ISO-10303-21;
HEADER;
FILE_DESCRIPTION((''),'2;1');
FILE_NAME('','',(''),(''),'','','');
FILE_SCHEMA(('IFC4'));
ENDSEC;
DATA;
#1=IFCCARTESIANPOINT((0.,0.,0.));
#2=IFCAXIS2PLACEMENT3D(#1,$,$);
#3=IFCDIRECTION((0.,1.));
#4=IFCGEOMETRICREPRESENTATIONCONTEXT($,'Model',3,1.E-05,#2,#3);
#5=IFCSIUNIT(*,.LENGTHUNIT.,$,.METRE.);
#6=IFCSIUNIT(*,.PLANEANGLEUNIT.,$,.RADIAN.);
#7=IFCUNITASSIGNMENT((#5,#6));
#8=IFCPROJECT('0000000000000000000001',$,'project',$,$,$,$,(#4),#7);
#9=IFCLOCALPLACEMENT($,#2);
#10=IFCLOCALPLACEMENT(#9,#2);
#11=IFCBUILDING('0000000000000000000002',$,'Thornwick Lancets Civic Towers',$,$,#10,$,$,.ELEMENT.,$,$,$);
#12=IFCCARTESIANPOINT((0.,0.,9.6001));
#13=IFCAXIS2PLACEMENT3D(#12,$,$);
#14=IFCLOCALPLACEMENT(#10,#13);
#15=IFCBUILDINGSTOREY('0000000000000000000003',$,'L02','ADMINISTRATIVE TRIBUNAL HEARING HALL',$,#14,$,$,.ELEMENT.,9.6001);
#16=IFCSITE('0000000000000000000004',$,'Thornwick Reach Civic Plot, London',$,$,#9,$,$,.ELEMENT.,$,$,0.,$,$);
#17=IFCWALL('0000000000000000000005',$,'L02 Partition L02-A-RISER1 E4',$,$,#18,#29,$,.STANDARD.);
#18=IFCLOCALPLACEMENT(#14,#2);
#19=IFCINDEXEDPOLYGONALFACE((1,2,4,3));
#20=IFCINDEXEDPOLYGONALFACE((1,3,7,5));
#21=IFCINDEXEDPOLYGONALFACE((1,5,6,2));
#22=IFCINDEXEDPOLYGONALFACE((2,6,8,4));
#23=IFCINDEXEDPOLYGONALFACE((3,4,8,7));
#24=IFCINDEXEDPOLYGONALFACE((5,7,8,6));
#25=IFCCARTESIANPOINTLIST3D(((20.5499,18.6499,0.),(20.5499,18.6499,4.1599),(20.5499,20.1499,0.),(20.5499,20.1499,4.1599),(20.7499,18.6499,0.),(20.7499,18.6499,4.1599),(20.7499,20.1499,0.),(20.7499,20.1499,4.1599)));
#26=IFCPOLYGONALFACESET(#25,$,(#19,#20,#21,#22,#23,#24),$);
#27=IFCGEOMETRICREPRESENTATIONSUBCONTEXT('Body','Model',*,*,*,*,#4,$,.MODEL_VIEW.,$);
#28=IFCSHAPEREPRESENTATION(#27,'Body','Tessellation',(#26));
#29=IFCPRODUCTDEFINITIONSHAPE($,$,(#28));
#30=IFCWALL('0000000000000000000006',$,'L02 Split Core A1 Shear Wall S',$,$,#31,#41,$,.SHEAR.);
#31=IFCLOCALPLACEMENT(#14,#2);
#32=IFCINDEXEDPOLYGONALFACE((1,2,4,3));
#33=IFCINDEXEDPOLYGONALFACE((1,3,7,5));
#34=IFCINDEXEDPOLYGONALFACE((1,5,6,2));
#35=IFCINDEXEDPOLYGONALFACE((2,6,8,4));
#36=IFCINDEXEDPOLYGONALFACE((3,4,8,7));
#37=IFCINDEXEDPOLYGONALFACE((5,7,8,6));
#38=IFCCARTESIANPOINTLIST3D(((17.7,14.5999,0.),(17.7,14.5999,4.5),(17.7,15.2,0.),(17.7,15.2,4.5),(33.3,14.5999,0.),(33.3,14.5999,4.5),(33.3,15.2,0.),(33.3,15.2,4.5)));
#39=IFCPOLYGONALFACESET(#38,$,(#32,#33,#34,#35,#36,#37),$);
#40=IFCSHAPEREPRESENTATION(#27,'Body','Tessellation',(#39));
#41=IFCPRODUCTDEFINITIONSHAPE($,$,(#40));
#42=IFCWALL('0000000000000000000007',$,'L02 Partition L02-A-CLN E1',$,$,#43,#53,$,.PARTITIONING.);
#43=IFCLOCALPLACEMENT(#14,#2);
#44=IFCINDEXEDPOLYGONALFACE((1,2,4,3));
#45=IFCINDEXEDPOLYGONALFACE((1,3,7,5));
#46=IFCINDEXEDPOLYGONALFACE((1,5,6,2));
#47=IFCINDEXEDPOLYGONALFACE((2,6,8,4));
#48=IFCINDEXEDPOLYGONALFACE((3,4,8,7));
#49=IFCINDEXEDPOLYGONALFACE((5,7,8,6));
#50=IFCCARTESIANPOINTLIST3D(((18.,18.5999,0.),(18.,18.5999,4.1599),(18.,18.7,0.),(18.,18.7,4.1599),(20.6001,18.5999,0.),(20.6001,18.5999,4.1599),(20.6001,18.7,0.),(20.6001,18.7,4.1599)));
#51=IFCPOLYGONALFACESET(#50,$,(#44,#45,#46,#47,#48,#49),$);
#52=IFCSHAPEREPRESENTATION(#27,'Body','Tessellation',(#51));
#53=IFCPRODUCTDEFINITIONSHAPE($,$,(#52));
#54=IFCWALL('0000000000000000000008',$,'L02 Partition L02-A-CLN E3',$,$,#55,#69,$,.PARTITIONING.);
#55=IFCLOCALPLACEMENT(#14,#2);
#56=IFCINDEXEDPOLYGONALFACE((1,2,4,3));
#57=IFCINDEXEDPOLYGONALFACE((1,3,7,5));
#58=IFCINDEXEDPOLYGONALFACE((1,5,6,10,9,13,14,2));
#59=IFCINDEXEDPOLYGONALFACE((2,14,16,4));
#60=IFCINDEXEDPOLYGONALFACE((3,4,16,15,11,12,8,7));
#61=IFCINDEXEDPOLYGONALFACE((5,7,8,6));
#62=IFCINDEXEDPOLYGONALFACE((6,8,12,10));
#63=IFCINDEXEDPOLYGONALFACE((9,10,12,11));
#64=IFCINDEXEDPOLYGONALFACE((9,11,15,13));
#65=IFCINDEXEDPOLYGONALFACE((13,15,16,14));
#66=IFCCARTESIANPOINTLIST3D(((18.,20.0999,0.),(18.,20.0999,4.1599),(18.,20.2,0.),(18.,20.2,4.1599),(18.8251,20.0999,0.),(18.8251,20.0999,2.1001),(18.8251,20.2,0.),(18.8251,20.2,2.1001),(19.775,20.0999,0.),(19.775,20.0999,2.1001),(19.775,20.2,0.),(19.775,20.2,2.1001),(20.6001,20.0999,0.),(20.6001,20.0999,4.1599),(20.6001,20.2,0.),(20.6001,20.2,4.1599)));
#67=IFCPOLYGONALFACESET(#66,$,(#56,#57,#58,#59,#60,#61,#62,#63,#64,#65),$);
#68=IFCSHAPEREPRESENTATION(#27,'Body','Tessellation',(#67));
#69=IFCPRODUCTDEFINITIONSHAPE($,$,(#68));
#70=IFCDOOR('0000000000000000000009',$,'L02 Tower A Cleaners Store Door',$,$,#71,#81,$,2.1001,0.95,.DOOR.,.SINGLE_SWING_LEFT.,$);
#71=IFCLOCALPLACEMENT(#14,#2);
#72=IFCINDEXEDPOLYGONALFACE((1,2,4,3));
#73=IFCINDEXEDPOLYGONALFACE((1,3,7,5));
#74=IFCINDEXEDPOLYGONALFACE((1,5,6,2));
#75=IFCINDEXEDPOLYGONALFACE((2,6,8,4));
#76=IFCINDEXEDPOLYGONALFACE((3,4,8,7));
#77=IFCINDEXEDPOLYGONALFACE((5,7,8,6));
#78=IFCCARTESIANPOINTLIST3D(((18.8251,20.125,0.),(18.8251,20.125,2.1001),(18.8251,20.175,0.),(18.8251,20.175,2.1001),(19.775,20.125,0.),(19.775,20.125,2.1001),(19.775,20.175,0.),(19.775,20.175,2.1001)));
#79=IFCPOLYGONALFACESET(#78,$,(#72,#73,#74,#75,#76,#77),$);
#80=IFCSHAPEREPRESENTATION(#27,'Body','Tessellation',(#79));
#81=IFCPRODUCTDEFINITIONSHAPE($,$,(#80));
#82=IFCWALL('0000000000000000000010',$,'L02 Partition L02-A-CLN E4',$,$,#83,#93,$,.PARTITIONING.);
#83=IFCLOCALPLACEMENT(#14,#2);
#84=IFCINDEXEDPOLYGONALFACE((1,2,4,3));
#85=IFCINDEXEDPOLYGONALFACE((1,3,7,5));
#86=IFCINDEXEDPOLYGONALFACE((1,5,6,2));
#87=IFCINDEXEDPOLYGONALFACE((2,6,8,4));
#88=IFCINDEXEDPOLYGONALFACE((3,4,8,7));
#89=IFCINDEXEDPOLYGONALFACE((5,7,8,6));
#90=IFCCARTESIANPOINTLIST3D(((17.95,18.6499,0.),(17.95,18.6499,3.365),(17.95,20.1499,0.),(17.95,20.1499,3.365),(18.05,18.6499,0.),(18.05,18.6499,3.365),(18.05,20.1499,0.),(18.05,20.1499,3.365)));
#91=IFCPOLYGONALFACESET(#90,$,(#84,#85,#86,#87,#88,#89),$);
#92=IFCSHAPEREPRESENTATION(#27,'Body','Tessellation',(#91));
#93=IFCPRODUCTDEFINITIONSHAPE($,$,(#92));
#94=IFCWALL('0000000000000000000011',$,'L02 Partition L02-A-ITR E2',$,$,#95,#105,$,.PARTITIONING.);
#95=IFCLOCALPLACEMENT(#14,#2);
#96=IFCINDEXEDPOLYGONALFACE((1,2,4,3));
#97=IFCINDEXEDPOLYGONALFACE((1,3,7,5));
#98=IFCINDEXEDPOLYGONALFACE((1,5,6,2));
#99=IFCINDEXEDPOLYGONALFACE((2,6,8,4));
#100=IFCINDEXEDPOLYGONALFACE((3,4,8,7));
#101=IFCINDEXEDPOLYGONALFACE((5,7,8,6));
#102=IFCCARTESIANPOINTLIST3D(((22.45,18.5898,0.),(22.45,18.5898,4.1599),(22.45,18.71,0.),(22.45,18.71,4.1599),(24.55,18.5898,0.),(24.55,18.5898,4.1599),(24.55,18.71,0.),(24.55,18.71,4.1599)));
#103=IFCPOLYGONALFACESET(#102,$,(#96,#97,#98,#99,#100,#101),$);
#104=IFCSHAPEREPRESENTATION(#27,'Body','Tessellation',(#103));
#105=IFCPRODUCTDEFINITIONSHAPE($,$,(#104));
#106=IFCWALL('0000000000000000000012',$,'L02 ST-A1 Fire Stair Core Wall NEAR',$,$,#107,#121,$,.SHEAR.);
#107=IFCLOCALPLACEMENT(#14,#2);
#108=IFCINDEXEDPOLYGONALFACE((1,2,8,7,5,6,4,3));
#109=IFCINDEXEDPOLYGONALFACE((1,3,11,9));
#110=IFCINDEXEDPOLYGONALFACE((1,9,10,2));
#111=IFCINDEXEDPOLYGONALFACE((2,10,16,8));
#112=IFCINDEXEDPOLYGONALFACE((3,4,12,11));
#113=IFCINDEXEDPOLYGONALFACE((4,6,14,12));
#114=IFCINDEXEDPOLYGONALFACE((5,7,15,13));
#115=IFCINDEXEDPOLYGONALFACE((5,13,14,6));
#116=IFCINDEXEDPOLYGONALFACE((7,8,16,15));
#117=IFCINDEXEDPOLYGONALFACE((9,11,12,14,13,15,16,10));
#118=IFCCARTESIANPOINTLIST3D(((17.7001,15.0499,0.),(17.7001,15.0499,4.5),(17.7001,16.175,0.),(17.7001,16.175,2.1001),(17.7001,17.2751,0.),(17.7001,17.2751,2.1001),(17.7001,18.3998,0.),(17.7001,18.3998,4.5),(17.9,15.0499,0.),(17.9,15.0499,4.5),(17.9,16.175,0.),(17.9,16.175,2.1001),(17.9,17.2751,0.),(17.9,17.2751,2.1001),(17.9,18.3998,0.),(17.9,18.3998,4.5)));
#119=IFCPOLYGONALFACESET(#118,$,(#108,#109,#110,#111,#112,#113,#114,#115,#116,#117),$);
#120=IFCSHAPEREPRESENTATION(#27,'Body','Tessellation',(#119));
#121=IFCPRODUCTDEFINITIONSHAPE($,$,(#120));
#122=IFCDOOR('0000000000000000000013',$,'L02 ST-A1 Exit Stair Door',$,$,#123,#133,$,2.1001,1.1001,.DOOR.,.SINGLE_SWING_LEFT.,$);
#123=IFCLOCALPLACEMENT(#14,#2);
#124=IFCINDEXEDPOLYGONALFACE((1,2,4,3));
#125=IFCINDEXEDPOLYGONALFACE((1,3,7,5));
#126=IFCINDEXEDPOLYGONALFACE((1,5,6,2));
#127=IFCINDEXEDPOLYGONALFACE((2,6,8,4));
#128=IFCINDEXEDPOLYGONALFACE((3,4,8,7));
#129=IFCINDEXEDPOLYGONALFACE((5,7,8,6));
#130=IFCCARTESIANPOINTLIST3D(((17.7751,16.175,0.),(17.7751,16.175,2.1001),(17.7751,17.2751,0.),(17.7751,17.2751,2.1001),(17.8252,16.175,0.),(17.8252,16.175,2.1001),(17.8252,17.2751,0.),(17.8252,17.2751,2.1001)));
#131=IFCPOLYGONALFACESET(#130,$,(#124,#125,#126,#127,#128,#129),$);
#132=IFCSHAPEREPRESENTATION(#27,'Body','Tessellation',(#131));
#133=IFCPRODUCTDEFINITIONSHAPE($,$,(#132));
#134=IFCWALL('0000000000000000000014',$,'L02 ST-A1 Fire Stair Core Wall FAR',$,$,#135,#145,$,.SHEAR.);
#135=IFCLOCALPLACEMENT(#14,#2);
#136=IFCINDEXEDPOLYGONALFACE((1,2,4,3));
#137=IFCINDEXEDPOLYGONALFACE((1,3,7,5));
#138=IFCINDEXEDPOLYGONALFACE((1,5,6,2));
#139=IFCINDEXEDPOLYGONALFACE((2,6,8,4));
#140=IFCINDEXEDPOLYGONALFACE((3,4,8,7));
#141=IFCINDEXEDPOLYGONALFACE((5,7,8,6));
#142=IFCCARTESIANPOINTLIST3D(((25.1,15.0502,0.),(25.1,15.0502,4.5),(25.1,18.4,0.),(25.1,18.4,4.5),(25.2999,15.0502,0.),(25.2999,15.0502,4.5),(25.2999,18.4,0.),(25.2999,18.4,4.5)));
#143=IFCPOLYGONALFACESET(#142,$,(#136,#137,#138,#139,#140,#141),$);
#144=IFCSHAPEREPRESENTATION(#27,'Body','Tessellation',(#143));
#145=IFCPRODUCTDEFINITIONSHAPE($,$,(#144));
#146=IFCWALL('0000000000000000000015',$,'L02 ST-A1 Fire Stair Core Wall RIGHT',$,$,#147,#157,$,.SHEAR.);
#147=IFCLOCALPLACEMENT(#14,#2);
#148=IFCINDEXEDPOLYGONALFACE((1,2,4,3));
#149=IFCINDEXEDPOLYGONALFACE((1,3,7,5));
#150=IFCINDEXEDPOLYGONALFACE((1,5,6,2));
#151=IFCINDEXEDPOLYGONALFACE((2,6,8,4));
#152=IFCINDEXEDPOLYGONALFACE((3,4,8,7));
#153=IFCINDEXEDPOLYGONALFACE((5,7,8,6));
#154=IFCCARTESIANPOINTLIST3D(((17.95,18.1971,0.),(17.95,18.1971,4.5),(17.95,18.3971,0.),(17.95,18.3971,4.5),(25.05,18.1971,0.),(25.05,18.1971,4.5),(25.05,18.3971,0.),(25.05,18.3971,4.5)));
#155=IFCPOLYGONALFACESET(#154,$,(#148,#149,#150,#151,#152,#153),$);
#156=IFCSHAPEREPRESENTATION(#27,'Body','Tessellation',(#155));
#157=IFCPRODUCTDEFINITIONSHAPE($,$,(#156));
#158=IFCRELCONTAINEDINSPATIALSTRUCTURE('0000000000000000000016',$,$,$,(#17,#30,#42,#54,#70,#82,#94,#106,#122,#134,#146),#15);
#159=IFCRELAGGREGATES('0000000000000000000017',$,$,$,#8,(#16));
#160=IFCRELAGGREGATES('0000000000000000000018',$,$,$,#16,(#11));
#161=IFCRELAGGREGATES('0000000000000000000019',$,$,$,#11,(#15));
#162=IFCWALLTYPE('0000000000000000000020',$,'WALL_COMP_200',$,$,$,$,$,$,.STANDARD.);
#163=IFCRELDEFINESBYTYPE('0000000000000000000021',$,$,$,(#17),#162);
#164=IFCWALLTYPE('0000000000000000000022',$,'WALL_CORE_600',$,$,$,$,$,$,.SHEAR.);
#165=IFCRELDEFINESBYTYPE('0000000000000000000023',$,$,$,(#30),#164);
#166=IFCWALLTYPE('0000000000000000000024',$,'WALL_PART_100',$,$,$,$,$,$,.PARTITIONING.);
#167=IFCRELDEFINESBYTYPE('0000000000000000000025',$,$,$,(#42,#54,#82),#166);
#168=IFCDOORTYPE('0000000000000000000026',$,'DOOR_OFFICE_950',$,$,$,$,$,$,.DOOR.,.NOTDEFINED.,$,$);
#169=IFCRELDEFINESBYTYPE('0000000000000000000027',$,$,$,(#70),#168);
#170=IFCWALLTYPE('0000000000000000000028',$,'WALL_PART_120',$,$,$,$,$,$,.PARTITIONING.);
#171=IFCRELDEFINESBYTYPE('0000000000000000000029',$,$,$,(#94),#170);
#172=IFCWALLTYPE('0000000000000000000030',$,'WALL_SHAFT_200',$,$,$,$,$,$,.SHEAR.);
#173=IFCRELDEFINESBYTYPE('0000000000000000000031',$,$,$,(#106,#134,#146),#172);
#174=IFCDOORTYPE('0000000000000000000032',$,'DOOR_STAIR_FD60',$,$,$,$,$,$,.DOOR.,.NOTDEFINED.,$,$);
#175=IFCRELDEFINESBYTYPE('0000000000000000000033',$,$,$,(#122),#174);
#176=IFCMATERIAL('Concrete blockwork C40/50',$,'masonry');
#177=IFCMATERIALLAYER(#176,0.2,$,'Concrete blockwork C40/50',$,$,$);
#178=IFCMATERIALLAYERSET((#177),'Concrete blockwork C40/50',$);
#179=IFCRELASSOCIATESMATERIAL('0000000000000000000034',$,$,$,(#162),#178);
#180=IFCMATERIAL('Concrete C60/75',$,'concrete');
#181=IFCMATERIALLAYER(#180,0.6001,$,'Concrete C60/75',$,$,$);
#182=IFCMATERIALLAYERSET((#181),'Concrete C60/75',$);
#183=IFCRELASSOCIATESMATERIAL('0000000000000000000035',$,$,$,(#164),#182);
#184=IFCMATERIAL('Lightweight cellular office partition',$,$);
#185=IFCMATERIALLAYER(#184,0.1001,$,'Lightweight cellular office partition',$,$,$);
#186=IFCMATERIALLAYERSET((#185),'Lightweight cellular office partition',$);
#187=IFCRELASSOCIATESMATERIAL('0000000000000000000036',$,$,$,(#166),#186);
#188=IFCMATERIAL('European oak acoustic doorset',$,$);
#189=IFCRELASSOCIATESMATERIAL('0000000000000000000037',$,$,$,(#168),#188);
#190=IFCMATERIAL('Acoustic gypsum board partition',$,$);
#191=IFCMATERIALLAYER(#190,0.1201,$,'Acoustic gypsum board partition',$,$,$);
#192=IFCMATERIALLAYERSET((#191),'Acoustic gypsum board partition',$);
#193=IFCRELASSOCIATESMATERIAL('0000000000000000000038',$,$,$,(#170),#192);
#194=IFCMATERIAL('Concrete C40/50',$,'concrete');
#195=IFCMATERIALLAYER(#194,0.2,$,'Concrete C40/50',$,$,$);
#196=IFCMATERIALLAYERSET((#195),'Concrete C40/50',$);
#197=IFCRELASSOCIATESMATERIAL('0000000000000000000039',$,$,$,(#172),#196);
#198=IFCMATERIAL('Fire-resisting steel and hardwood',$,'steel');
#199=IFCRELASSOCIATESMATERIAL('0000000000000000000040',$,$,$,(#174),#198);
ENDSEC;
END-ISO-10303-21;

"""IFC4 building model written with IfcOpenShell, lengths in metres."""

from ifc_helpers import new_model, si_unit, direction, frame, frame_2d, origin, place, context, subcontext, project, spatial, rectangle, extrude, material, layer, layer_set, type_object, element, fill, save


model = new_model("IFC4")

# Units and contexts
model_context = context("Model", 3, precision=1e-05, world=origin(), true_north=direction((0.0, 1.0)))
body_context = subcontext(model_context, "Body", "Model", "MODEL_VIEW")
ifc_project = project(units=[si_unit("LENGTHUNIT", "METRE"), si_unit("PLANEANGLEUNIT", "RADIAN")], contexts=[model_context])

# Site, building, storey
site_placement = place(None, origin())
site = spatial("IfcSite", under=ifc_project, at=site_placement, Name="Thornwick Reach Civic Plot, London", CompositionType="ELEMENT", RefElevation=0.0)
building_placement = place(site_placement, origin())
building = spatial("IfcBuilding", under=site, at=building_placement, Name="Thornwick Lancets Civic Towers", CompositionType="ELEMENT")
storey_placement = place(building_placement, frame((0.0, 0.0, 9.6001)))
storey = spatial("IfcBuildingStorey", under=building, at=storey_placement, Name="L02", Description="ADMINISTRATIVE TRIBUNAL HEARING HALL", CompositionType="ELEMENT", Elevation=9.6001)

# Shared definitions
ifc_material_1 = material(Name="Concrete C60/75", Category="concrete")

# Shared definitions
ifc_material_2 = material(Name="Concrete C40/50", Category="concrete")

# Shared definitions
ifc_material_3 = material(Name="Concrete blockwork C40/50", Category="masonry")
ifc_layer_1 = layer(ifc_material_3, 0.2, Name="Concrete blockwork C40/50")
ifc_layer_set_1 = layer_set([ifc_layer_1], Name="Concrete blockwork C40/50")
wall_type_1 = type_object("IfcWallType", Name="WALL_COMP_200", PredefinedType="STANDARD", material=ifc_layer_set_1)

# Walls
for number, where, z_axis, x_axis, name in (
    (1, (20.6499, 20.1499, 0.0), (0.0, 0.0, 1.0), (0.0, -1.0, 0.0), "L02 Partition L02-A-RISER1 E4"),
):
    element("IfcWall", number, at=place(storey_placement, frame(where, z_axis=z_axis, x_axis=x_axis)), inside=storey, type_object=wall_type_1, Name=name, PredefinedType="STANDARD", context=body_context, shape_type="SweptSolid", body=[
        extrude(rectangle(XDim=1.5, YDim=0.2, at=frame_2d((0.75, 0.0))), origin(), (0.0, 0.0, 1.0), 4.1599),
    ])
ifc_layer_2 = layer(ifc_material_1, 0.6001, Name="Concrete C60/75")
ifc_layer_set_2 = layer_set([ifc_layer_2], Name="Concrete C60/75")
wall_type_2 = type_object("IfcWallType", Name="WALL_CORE_600", PredefinedType="SHEAR", material=ifc_layer_set_2)
wall_1_placement = place(storey_placement, frame((17.7, 14.8999, 0.0), z_axis=(0.0, 0.0, 1.0), x_axis=(1.0, 0.0, 0.0)))
element("IfcWall", 2, at=wall_1_placement, inside=storey, type_object=wall_type_2, Name="L02 Split Core A1 Shear Wall S", PredefinedType="SHEAR", context=body_context, shape_type="SweptSolid", body=[
    extrude(rectangle(XDim=15.6001, YDim=0.6001, at=frame_2d((7.8, 0.0))), origin(), (0.0, 0.0, 1.0), 4.5),
])
ifc_material_4 = material(Name="Lightweight cellular office partition")
ifc_layer_3 = layer(ifc_material_4, 0.1001, Name="Lightweight cellular office partition")
ifc_layer_set_3 = layer_set([ifc_layer_3], Name="Lightweight cellular office partition")
wall_type_3 = type_object("IfcWallType", Name="WALL_PART_100", PredefinedType="PARTITIONING", material=ifc_layer_set_3)
wall_2_placement = place(storey_placement, frame((18.0, 18.6499, 0.0), z_axis=(0.0, 0.0, 1.0), x_axis=(1.0, 0.0, 0.0)))
element("IfcWall", 3, at=wall_2_placement, inside=storey, type_object=wall_type_3, Name="L02 Partition L02-A-CLN E1", PredefinedType="PARTITIONING", context=body_context, shape_type="SweptSolid", body=[
    extrude(rectangle(XDim=2.6001, YDim=0.1001, at=frame_2d((1.3, 0.0))), origin(), (0.0, 0.0, 1.0), 4.1599),
])

# Wall, opening, door
wall_3_placement = place(storey_placement, frame((20.6001, 20.1499, 0.0), z_axis=(0.0, 0.0, 1.0), x_axis=(-1.0, 0.0, 0.0)))
wall_3 = element("IfcWall", 4, at=wall_3_placement, inside=storey, type_object=wall_type_3, Name="L02 Partition L02-A-CLN E3", PredefinedType="PARTITIONING", context=body_context, shape_type="SweptSolid", body=[
    extrude(rectangle(XDim=2.6001, YDim=0.1001, at=frame_2d((1.3, 0.0))), origin(), (0.0, 0.0, 1.0), 4.1599),
])
opening_1_placement = place(wall_3_placement, frame((0.825, 0.0, 0.0)))
opening_1 = element("IfcOpeningElement", 5, at=opening_1_placement, cuts=wall_3, PredefinedType="OPENING", context=body_context, shape_type="SweptSolid", body=[
    extrude(rectangle(XDim=0.95, YDim=2.1001, at=frame_2d((0.4751, 1.05))), frame((0.0, 0.0601, 0.0), z_axis=(0.0, -1.0, 0.0), x_axis=(1.0, 0.0, 0.0)), (0.0, 0.0, 1.0), 0.1201),
])
ifc_material_5 = material(Name="European oak acoustic doorset")
door_type_1 = type_object("IfcDoorType", Name="DOOR_OFFICE_950", OperationType="NOTDEFINED", PredefinedType="DOOR", material=ifc_material_5)
door_1_placement = place(opening_1_placement, origin())
door_1 = element("IfcDoor", 6, at=door_1_placement, inside=storey, type_object=door_type_1, Name="L02 Tower A Cleaners Store Door", OperationType="SINGLE_SWING_LEFT", OverallHeight=2.1001, OverallWidth=0.95, PredefinedType="DOOR", context=body_context, shape_type="SweptSolid", body=[
    extrude(rectangle(XDim=0.95, YDim=2.1001, at=frame_2d((0.4751, 1.05))), frame((0.0, 0.0249, 0.0), z_axis=(0.0, -1.0, 0.0), x_axis=(1.0, 0.0, 0.0)), (0.0, 0.0, 1.0), 0.05),
])
fill(opening_1, door_1)

# Walls
wall_4_placement = place(storey_placement, frame((18.0, 20.1499, 0.0), z_axis=(0.0, 0.0, 1.0), x_axis=(0.0, -1.0, 0.0)))
element("IfcWall", 7, at=wall_4_placement, inside=storey, type_object=wall_type_3, Name="L02 Partition L02-A-CLN E4", PredefinedType="PARTITIONING", context=body_context, shape_type="SweptSolid", body=[
    extrude(rectangle(XDim=1.5, YDim=0.1001, at=frame_2d((0.75, 0.0))), origin(), (0.0, 0.0, 1.0), 3.365),
])
ifc_material_6 = material(Name="Acoustic gypsum board partition")
ifc_layer_4 = layer(ifc_material_6, 0.1201, Name="Acoustic gypsum board partition")
ifc_layer_set_4 = layer_set([ifc_layer_4], Name="Acoustic gypsum board partition")
wall_type_4 = type_object("IfcWallType", Name="WALL_PART_120", PredefinedType="PARTITIONING", material=ifc_layer_set_4)
wall_5_placement = place(storey_placement, frame((24.55, 18.6499, 0.0), z_axis=(0.0, 0.0, 1.0), x_axis=(-1.0, 0.0, 0.0)))
element("IfcWall", 8, at=wall_5_placement, inside=storey, type_object=wall_type_4, Name="L02 Partition L02-A-ITR E2", PredefinedType="PARTITIONING", context=body_context, shape_type="SweptSolid", body=[
    extrude(rectangle(XDim=2.1001, YDim=0.1201, at=frame_2d((1.05, 0.0))), origin(), (0.0, 0.0, 1.0), 4.1599),
])

# Wall, opening, door
ifc_layer_5 = layer(ifc_material_2, 0.2, Name="Concrete C40/50")
ifc_layer_set_5 = layer_set([ifc_layer_5], Name="Concrete C40/50")
wall_type_5 = type_object("IfcWallType", Name="WALL_SHAFT_200", PredefinedType="SHEAR", material=ifc_layer_set_5)
wall_6_placement = place(storey_placement, frame((17.8, 15.05, 0.0), z_axis=(0.0, 0.0, 1.0), x_axis=(0.0, 1.0, 0.0)))
wall_6 = element("IfcWall", 9, at=wall_6_placement, inside=storey, type_object=wall_type_5, Name="L02 ST-A1 Fire Stair Core Wall NEAR", PredefinedType="SHEAR", context=body_context, shape_type="SweptSolid", body=[
    extrude(rectangle(XDim=3.3499, YDim=0.2, at=frame_2d((1.6748, 0.0))), origin(), (0.0, 0.0, 1.0), 4.5),
])
opening_2_placement = place(wall_6_placement, frame((1.125, 0.0, 0.0)))
opening_2 = element("IfcOpeningElement", 10, at=opening_2_placement, cuts=wall_6, PredefinedType="OPENING", context=body_context, shape_type="SweptSolid", body=[
    extrude(rectangle(XDim=1.1001, YDim=2.1001, at=frame_2d((0.55, 1.05))), frame((0.0, 0.1099, 0.0), z_axis=(0.0, -1.0, 0.0), x_axis=(1.0, 0.0, 0.0)), (0.0, 0.0, 1.0), 0.22),
])
ifc_material_7 = material(Name="Fire-resisting steel and hardwood", Category="steel")
door_type_2 = type_object("IfcDoorType", Name="DOOR_STAIR_FD60", OperationType="NOTDEFINED", PredefinedType="DOOR", material=ifc_material_7)
door_2_placement = place(opening_2_placement, origin())
door_2 = element("IfcDoor", 11, at=door_2_placement, inside=storey, type_object=door_type_2, Name="L02 ST-A1 Exit Stair Door", OperationType="SINGLE_SWING_LEFT", OverallHeight=2.1001, OverallWidth=1.1001, PredefinedType="DOOR", context=body_context, shape_type="SweptSolid", body=[
    extrude(rectangle(XDim=1.1001, YDim=2.1001, at=frame_2d((0.55, 1.05))), frame((0.0, 0.0249, 0.0), z_axis=(0.0, -1.0, 0.0), x_axis=(1.0, 0.0, 0.0)), (0.0, 0.0, 1.0), 0.05),
])
fill(opening_2, door_2)

# Walls
wall_7_placement = place(storey_placement, frame((25.2, 18.3999, 0.0), z_axis=(0.0, 0.0, 1.0), x_axis=(0.0, -1.0, 0.0)))
element("IfcWall", 12, at=wall_7_placement, inside=storey, type_object=wall_type_5, Name="L02 ST-A1 Fire Stair Core Wall FAR", PredefinedType="SHEAR", context=body_context, shape_type="SweptSolid", body=[
    extrude(rectangle(XDim=3.3499, YDim=0.2, at=frame_2d((1.6748, 0.0))), origin(), (0.0, 0.0, 1.0), 4.5),
])
wall_8_placement = place(storey_placement, frame((25.05, 18.2971, 0.0), z_axis=(0.0, 0.0, 1.0), x_axis=(-1.0, 0.0, 0.0)))
element("IfcWall", 13, at=wall_8_placement, inside=storey, type_object=wall_type_5, Name="L02 ST-A1 Fire Stair Core Wall RIGHT", PredefinedType="SHEAR", context=body_context, shape_type="SweptSolid", body=[
    extrude(rectangle(XDim=7.1001, YDim=0.2, at=frame_2d((3.55, 0.0))), origin(), (0.0, 0.0, 1.0), 4.5),
])

save(model, "model.ifc")
